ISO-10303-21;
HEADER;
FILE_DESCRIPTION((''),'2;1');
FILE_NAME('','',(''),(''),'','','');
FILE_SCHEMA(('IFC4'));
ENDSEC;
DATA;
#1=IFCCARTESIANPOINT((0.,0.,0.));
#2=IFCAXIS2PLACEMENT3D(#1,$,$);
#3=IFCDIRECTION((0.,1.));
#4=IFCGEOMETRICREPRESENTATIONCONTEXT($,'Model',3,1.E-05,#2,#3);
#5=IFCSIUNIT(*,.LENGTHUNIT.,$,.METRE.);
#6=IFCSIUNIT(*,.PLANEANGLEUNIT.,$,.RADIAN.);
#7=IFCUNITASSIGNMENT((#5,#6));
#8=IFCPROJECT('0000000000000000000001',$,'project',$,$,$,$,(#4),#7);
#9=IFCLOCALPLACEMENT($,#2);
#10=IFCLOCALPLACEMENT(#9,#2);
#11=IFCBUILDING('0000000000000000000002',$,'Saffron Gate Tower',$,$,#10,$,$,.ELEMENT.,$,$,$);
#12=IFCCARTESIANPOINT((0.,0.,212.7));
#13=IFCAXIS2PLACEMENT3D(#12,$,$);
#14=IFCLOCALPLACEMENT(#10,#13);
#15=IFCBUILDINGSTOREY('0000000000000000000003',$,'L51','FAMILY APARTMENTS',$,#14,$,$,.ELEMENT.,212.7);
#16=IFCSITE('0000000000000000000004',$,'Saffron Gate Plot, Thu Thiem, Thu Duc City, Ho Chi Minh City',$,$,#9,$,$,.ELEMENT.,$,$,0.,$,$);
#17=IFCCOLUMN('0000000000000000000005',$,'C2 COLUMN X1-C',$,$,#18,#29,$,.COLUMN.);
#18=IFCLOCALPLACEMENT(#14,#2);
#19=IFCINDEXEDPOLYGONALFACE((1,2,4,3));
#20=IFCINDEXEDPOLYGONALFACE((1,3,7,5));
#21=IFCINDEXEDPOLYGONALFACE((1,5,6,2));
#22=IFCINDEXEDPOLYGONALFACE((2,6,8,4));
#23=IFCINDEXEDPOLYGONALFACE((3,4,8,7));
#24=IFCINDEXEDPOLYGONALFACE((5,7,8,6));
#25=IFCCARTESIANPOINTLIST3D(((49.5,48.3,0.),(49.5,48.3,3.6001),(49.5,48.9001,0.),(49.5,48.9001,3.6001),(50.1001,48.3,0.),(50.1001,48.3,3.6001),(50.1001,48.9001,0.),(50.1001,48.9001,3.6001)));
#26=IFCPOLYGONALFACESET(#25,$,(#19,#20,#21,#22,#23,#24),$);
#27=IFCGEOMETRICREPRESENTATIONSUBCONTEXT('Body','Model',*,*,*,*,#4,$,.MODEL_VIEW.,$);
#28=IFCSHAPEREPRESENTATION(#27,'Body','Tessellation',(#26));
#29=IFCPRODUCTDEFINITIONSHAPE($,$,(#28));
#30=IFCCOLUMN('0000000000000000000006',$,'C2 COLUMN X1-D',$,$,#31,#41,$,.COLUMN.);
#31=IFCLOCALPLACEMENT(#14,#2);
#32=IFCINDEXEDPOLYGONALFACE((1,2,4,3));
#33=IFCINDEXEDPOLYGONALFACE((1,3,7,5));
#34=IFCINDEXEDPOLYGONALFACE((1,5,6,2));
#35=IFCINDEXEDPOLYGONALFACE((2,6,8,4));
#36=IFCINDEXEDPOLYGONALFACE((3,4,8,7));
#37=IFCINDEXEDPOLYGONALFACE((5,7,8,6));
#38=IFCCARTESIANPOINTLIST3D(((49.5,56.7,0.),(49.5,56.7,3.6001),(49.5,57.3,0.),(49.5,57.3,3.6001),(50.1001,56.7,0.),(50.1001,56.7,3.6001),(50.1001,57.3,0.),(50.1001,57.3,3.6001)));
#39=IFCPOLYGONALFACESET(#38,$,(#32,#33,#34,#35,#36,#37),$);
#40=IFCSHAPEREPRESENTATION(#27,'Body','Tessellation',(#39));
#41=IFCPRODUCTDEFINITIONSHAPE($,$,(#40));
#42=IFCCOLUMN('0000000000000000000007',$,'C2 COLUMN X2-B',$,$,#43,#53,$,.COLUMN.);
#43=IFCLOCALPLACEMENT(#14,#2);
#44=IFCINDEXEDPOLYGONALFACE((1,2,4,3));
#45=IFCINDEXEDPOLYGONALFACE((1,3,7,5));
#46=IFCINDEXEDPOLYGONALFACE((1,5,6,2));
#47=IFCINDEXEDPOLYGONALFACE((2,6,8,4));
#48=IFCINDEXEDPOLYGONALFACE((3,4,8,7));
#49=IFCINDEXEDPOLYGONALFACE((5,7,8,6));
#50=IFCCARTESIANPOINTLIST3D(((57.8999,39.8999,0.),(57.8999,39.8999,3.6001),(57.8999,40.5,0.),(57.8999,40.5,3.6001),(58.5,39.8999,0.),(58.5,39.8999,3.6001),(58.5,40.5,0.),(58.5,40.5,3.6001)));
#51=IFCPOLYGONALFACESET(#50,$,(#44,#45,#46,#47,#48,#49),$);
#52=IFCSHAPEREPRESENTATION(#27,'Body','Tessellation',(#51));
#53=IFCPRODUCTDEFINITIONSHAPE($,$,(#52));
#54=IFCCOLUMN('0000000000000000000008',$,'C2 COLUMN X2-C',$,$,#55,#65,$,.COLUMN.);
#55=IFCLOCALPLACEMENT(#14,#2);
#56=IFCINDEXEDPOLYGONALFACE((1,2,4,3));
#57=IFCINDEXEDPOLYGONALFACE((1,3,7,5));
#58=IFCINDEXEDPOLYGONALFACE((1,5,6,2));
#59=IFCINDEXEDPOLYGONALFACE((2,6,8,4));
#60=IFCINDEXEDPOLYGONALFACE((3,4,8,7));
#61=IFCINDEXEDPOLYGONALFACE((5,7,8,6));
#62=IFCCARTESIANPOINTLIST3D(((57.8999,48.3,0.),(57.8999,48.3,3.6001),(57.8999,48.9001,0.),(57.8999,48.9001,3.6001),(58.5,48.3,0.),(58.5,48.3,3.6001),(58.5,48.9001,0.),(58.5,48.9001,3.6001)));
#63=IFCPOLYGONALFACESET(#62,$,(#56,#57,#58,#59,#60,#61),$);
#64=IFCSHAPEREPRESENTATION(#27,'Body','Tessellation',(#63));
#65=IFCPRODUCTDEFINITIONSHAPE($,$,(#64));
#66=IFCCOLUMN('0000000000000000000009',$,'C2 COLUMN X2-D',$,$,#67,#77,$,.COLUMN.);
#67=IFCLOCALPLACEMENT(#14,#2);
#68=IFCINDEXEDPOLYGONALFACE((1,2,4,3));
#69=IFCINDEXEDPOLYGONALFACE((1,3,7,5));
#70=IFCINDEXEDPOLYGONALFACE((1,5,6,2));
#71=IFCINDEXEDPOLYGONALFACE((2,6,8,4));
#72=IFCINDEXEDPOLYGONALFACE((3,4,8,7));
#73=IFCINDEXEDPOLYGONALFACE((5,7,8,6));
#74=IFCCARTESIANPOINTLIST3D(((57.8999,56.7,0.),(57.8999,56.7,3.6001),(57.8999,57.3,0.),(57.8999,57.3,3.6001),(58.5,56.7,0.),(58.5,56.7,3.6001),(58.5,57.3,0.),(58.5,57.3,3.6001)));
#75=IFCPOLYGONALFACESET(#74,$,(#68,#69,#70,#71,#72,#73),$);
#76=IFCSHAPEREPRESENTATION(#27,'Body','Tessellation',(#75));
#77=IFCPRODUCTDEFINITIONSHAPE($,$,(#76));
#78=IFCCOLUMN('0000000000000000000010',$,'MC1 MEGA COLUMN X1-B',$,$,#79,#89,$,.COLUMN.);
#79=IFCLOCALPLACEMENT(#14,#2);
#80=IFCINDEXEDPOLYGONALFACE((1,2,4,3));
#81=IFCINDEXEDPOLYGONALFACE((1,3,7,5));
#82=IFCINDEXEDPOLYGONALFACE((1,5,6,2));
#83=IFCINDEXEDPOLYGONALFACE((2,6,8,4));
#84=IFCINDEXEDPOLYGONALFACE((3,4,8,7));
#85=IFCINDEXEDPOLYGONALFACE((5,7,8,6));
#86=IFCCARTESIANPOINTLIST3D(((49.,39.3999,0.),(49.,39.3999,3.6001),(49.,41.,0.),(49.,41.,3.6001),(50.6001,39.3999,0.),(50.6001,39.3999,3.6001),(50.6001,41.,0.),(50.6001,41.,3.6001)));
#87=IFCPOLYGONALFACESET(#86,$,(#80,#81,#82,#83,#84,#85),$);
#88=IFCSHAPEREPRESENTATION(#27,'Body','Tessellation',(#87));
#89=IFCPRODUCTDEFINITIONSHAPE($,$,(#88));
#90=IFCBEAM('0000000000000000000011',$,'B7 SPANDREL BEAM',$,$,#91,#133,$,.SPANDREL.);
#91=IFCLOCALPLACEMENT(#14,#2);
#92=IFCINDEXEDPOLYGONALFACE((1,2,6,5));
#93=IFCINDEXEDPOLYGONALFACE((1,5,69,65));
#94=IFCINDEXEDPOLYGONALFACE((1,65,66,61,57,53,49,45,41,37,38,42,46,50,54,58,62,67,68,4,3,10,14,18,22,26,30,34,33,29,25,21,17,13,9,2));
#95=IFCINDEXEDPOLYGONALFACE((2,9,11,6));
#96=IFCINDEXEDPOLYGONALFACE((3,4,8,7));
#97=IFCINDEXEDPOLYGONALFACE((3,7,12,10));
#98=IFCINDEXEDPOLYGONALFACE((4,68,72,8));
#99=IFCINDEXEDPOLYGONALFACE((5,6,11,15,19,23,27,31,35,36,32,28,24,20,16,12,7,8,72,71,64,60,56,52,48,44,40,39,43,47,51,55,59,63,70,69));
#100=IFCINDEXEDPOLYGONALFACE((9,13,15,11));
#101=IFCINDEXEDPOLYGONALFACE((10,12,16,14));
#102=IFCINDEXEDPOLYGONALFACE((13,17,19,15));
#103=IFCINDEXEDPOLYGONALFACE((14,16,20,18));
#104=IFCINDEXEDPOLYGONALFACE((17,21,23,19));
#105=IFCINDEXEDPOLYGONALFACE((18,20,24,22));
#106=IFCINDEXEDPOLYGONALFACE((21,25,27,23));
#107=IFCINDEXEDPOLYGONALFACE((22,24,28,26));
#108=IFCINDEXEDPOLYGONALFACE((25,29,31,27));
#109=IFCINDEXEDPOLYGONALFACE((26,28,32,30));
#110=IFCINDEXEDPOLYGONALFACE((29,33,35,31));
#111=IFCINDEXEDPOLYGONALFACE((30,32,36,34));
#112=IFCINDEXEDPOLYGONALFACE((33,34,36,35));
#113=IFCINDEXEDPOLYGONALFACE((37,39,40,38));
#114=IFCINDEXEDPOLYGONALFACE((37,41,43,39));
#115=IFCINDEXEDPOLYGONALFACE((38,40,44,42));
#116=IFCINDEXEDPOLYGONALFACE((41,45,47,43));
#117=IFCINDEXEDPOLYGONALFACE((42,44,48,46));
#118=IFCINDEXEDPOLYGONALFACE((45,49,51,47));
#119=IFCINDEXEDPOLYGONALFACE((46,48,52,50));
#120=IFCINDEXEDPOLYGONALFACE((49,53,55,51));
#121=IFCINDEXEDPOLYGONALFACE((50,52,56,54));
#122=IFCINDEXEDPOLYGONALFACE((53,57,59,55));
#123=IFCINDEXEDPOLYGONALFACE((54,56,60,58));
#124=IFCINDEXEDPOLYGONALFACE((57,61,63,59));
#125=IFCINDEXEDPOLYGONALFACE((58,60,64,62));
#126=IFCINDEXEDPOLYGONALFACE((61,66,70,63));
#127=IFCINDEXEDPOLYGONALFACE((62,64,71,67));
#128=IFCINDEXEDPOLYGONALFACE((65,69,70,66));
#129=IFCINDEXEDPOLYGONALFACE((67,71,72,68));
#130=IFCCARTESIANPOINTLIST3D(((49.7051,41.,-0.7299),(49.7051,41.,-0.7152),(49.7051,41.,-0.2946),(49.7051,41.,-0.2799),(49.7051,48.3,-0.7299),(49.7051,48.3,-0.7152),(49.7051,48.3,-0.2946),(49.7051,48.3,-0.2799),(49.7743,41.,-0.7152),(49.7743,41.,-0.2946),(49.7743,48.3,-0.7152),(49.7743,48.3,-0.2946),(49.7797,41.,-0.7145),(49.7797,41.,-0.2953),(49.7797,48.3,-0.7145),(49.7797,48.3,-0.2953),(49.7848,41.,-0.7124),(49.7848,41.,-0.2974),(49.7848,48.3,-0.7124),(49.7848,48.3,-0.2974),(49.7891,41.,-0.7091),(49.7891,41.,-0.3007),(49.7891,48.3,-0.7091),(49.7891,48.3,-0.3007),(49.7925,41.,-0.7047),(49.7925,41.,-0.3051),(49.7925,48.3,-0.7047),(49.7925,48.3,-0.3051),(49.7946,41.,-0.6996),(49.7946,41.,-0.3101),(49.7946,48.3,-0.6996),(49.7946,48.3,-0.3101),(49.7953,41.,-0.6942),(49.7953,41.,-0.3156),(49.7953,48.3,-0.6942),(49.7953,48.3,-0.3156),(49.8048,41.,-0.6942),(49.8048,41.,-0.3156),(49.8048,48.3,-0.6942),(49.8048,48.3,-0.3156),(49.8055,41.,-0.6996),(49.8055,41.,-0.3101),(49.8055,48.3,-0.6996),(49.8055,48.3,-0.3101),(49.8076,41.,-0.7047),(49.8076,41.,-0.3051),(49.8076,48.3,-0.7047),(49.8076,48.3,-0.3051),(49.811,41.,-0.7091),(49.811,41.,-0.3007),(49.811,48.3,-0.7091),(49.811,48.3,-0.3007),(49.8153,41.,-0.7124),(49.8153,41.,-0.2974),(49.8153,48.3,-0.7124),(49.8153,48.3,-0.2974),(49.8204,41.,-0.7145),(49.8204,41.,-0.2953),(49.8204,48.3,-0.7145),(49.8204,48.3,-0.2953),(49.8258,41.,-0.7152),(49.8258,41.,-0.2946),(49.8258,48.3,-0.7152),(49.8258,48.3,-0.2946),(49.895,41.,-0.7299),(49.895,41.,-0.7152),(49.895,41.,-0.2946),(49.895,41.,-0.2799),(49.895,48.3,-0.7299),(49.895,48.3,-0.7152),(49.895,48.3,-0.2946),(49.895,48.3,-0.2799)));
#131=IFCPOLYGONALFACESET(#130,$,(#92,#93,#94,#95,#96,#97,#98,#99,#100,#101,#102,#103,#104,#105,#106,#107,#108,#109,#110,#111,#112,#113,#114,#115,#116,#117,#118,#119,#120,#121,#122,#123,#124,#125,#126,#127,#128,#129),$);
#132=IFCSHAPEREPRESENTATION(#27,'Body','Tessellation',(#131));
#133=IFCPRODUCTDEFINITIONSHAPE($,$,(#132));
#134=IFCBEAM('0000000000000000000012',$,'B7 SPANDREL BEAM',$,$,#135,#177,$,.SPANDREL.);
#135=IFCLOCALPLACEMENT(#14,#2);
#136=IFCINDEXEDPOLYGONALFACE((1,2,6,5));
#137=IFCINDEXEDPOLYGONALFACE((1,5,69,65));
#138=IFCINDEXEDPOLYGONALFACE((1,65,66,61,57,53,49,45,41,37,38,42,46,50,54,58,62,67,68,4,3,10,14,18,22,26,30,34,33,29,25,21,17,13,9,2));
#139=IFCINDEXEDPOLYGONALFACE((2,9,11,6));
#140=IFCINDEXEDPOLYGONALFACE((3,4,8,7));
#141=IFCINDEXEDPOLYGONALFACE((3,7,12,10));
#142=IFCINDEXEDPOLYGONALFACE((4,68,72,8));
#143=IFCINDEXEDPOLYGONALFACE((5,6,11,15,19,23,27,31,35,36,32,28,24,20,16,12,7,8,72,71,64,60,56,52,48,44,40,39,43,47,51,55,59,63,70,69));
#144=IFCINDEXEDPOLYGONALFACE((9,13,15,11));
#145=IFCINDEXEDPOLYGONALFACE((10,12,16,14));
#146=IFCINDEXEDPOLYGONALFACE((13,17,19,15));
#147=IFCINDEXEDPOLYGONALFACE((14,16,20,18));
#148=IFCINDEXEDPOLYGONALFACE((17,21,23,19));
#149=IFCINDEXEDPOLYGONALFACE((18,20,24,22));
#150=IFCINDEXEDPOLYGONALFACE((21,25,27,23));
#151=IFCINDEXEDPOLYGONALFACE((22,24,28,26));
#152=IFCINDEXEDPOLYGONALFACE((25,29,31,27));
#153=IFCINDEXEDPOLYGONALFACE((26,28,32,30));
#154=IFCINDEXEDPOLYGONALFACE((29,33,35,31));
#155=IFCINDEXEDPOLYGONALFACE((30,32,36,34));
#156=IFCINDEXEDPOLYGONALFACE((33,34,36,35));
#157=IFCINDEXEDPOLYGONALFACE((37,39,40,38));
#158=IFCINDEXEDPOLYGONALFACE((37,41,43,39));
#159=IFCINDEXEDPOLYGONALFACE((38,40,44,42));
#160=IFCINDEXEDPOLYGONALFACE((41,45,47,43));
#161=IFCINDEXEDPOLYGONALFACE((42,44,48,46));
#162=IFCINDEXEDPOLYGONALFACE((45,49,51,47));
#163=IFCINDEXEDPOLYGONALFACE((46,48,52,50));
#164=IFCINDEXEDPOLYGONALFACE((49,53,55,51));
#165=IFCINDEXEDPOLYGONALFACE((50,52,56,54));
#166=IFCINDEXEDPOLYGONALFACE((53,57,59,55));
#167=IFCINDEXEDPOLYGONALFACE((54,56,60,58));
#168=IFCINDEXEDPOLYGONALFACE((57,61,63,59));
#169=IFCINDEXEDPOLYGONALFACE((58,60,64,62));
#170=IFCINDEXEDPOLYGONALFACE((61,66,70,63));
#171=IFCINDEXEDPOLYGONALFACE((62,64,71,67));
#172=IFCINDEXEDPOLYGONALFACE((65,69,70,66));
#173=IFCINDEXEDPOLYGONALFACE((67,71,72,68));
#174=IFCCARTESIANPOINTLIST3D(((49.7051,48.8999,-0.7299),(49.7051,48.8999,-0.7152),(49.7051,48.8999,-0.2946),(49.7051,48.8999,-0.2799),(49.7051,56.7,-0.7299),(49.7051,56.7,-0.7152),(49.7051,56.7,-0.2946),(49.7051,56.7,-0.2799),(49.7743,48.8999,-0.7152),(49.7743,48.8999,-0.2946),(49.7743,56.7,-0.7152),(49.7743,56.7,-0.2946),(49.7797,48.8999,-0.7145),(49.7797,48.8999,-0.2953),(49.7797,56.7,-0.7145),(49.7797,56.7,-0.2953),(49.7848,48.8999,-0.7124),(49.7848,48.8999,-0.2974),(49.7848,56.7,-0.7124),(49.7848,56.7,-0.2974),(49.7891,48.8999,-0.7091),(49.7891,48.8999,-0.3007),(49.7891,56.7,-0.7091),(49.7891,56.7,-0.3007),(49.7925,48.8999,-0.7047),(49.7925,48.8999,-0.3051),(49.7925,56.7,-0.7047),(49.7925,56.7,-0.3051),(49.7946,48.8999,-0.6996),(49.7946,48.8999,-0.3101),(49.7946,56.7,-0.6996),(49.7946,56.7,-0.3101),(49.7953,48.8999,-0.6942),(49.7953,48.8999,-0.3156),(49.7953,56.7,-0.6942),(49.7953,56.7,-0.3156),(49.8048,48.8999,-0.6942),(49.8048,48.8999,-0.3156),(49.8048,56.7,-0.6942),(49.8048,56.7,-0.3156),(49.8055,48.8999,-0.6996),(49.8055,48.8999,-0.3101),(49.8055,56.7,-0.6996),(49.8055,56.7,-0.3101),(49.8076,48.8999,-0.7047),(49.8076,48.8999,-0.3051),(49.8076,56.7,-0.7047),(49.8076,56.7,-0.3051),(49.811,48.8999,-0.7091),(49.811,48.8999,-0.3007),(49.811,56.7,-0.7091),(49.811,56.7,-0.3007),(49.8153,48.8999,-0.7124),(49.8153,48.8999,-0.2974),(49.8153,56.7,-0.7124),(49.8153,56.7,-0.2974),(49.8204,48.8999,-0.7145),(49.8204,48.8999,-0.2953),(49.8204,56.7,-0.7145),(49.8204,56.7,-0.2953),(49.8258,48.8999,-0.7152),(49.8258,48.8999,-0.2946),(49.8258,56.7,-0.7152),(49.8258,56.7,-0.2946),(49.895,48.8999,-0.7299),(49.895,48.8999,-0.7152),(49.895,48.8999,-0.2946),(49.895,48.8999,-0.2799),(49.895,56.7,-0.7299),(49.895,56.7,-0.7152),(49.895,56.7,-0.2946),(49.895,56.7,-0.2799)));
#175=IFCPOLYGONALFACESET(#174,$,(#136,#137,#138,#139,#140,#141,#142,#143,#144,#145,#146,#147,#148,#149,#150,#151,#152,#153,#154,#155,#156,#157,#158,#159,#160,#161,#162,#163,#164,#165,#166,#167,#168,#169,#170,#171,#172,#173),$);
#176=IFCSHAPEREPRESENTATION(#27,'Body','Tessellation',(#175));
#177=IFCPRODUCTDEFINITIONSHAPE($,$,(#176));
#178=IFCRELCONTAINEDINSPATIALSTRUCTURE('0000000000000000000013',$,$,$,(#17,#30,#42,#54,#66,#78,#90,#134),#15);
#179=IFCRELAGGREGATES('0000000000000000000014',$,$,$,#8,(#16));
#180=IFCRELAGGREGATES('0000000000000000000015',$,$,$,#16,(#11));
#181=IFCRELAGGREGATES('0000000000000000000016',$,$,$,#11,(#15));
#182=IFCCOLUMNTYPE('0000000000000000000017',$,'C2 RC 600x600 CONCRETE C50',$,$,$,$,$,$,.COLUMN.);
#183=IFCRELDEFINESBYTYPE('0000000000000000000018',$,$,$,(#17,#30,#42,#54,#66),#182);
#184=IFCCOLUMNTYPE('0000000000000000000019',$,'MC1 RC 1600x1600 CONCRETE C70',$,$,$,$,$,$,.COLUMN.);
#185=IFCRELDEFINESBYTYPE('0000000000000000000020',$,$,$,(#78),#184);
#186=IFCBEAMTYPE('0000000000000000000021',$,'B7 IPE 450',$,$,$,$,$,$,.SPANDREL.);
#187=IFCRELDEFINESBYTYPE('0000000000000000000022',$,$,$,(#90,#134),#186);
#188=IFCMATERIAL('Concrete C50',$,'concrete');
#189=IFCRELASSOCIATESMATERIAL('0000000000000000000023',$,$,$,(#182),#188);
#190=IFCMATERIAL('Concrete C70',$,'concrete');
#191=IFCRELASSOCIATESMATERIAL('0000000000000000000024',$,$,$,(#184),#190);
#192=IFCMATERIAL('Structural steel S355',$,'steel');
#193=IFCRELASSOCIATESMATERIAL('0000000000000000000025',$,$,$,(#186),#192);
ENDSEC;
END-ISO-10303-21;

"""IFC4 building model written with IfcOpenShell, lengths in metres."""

from ifc_helpers import new_model, si_unit, direction, frame, origin, origin_2d, place, context, subcontext, project, spatial, rectangle, i_section, extrude, material, material_profile, profile_set, type_object, element, save


model = new_model("IFC4")

# Units and contexts
model_context = context("Model", 3, precision=1e-05, world=origin(), true_north=direction((0.0, 1.0)))
body_context = subcontext(model_context, "Body", "Model", "MODEL_VIEW")
ifc_project = project(units=[si_unit("LENGTHUNIT", "METRE"), si_unit("PLANEANGLEUNIT", "RADIAN")], contexts=[model_context])

# Site, building, storey
site_placement = place(None, origin())
site = spatial("IfcSite", under=ifc_project, at=site_placement, Name="Saffron Gate Plot, Thu Thiem, Thu Duc City, Ho Chi Minh City", CompositionType="ELEMENT", RefElevation=0.0)
building_placement = place(site_placement, origin())
building = spatial("IfcBuilding", under=site, at=building_placement, Name="Saffron Gate Tower", CompositionType="ELEMENT")
storey_placement = place(building_placement, frame((0.0, 0.0, 212.7)))
storey = spatial("IfcBuildingStorey", under=building, at=storey_placement, Name="L51", Description="FAMILY APARTMENTS", CompositionType="ELEMENT", Elevation=212.7)

# Columns
ifc_material_1 = material(Name="Concrete C50", Category="concrete")
ifc_material_profile_1 = material_profile(ifc_material_1, rectangle(XDim=0.6001, YDim=0.6001, at=origin_2d()))
ifc_profile_set_1 = profile_set([ifc_material_profile_1], Name="Concrete C50")
column_type_1 = type_object("IfcColumnType", Name="C2 RC 600x600 CONCRETE C50", PredefinedType="COLUMN", material=ifc_profile_set_1)
for number, where, z_axis, x_axis, name in (
    (1, (49.8, 48.6001, 0.0), (0.0, 0.0, 1.0), (1.0, 0.0, 0.0), "C2 COLUMN X1-C"),
    (2, (49.8, 57.0, 0.0), (0.0, 0.0, 1.0), (1.0, 0.0, 0.0), "C2 COLUMN X1-D"),
    (3, (58.2, 40.2, 0.0), (0.0, 0.0, 1.0), (1.0, 0.0, 0.0), "C2 COLUMN X2-B"),
    (4, (58.2, 48.6001, 0.0), (0.0, 0.0, 1.0), (1.0, 0.0, 0.0), "C2 COLUMN X2-C"),
    (5, (58.2, 57.0, 0.0), (0.0, 0.0, 1.0), (1.0, 0.0, 0.0), "C2 COLUMN X2-D"),
):
    element("IfcColumn", number, at=place(storey_placement, frame(where, z_axis=z_axis, x_axis=x_axis)), inside=storey, type_object=column_type_1, Name=name, PredefinedType="COLUMN", context=body_context, shape_type="SweptSolid", body=[
        extrude(rectangle(XDim=0.6001, YDim=0.6001, at=origin_2d()), origin(), (0.0, 0.0, 1.0), 3.6001),
    ])
ifc_material_2 = material(Name="Concrete C70", Category="concrete")
ifc_material_profile_2 = material_profile(ifc_material_2, rectangle(XDim=1.6001, YDim=1.6001, at=origin_2d()))
ifc_profile_set_2 = profile_set([ifc_material_profile_2], Name="Concrete C70")
column_type_2 = type_object("IfcColumnType", Name="MC1 RC 1600x1600 CONCRETE C70", PredefinedType="COLUMN", material=ifc_profile_set_2)
column_placement = place(storey_placement, frame((49.8, 40.2, 0.0), z_axis=(0.0, 0.0, 1.0), x_axis=(1.0, 0.0, 0.0)))
element("IfcColumn", 6, at=column_placement, inside=storey, type_object=column_type_2, Name="MC1 MEGA COLUMN X1-B", PredefinedType="COLUMN", context=body_context, shape_type="SweptSolid", body=[
    extrude(rectangle(XDim=1.6001, YDim=1.6001, at=origin_2d()), origin(), (0.0, 0.0, 1.0), 3.6001),
])

# Beams
ifc_material_3 = material(Name="Structural steel S355", Category="steel")
ifc_material_profile_3 = material_profile(ifc_material_3, i_section(OverallWidth=0.1899, OverallDepth=0.45, WebThickness=0.0095, FlangeThickness=0.0146, FilletRadius=0.021, at=origin_2d()))
ifc_profile_set_3 = profile_set([ifc_material_profile_3], Name="Structural steel S355")
beam_type = type_object("IfcBeamType", Name="B7 IPE 450", PredefinedType="SPANDREL", material=ifc_profile_set_3)
beam_1_placement = place(storey_placement, frame((49.8, 41.0, -0.5049), z_axis=(0.0, 1.0, 0.0), x_axis=(-1.0, 0.0, 0.0)))
element("IfcBeam", 7, at=beam_1_placement, inside=storey, type_object=beam_type, Name="B7 SPANDREL BEAM", PredefinedType="SPANDREL", context=body_context, shape_type="SweptSolid", body=[
    extrude(i_section(OverallWidth=0.1899, OverallDepth=0.45, WebThickness=0.0095, FlangeThickness=0.0146, FilletRadius=0.021, at=origin_2d()), origin(), (0.0, 0.0, 1.0), 7.3),
])
beam_2_placement = place(storey_placement, frame((49.8, 48.8999, -0.5049), z_axis=(0.0, 1.0, 0.0), x_axis=(-1.0, 0.0, 0.0)))
element("IfcBeam", 8, at=beam_2_placement, inside=storey, type_object=beam_type, Name="B7 SPANDREL BEAM", PredefinedType="SPANDREL", context=body_context, shape_type="SweptSolid", body=[
    extrude(i_section(OverallWidth=0.1899, OverallDepth=0.45, WebThickness=0.0095, FlangeThickness=0.0146, FilletRadius=0.021, at=origin_2d()), origin(), (0.0, 0.0, 1.0), 7.8),
])

save(model, "model.ifc")
